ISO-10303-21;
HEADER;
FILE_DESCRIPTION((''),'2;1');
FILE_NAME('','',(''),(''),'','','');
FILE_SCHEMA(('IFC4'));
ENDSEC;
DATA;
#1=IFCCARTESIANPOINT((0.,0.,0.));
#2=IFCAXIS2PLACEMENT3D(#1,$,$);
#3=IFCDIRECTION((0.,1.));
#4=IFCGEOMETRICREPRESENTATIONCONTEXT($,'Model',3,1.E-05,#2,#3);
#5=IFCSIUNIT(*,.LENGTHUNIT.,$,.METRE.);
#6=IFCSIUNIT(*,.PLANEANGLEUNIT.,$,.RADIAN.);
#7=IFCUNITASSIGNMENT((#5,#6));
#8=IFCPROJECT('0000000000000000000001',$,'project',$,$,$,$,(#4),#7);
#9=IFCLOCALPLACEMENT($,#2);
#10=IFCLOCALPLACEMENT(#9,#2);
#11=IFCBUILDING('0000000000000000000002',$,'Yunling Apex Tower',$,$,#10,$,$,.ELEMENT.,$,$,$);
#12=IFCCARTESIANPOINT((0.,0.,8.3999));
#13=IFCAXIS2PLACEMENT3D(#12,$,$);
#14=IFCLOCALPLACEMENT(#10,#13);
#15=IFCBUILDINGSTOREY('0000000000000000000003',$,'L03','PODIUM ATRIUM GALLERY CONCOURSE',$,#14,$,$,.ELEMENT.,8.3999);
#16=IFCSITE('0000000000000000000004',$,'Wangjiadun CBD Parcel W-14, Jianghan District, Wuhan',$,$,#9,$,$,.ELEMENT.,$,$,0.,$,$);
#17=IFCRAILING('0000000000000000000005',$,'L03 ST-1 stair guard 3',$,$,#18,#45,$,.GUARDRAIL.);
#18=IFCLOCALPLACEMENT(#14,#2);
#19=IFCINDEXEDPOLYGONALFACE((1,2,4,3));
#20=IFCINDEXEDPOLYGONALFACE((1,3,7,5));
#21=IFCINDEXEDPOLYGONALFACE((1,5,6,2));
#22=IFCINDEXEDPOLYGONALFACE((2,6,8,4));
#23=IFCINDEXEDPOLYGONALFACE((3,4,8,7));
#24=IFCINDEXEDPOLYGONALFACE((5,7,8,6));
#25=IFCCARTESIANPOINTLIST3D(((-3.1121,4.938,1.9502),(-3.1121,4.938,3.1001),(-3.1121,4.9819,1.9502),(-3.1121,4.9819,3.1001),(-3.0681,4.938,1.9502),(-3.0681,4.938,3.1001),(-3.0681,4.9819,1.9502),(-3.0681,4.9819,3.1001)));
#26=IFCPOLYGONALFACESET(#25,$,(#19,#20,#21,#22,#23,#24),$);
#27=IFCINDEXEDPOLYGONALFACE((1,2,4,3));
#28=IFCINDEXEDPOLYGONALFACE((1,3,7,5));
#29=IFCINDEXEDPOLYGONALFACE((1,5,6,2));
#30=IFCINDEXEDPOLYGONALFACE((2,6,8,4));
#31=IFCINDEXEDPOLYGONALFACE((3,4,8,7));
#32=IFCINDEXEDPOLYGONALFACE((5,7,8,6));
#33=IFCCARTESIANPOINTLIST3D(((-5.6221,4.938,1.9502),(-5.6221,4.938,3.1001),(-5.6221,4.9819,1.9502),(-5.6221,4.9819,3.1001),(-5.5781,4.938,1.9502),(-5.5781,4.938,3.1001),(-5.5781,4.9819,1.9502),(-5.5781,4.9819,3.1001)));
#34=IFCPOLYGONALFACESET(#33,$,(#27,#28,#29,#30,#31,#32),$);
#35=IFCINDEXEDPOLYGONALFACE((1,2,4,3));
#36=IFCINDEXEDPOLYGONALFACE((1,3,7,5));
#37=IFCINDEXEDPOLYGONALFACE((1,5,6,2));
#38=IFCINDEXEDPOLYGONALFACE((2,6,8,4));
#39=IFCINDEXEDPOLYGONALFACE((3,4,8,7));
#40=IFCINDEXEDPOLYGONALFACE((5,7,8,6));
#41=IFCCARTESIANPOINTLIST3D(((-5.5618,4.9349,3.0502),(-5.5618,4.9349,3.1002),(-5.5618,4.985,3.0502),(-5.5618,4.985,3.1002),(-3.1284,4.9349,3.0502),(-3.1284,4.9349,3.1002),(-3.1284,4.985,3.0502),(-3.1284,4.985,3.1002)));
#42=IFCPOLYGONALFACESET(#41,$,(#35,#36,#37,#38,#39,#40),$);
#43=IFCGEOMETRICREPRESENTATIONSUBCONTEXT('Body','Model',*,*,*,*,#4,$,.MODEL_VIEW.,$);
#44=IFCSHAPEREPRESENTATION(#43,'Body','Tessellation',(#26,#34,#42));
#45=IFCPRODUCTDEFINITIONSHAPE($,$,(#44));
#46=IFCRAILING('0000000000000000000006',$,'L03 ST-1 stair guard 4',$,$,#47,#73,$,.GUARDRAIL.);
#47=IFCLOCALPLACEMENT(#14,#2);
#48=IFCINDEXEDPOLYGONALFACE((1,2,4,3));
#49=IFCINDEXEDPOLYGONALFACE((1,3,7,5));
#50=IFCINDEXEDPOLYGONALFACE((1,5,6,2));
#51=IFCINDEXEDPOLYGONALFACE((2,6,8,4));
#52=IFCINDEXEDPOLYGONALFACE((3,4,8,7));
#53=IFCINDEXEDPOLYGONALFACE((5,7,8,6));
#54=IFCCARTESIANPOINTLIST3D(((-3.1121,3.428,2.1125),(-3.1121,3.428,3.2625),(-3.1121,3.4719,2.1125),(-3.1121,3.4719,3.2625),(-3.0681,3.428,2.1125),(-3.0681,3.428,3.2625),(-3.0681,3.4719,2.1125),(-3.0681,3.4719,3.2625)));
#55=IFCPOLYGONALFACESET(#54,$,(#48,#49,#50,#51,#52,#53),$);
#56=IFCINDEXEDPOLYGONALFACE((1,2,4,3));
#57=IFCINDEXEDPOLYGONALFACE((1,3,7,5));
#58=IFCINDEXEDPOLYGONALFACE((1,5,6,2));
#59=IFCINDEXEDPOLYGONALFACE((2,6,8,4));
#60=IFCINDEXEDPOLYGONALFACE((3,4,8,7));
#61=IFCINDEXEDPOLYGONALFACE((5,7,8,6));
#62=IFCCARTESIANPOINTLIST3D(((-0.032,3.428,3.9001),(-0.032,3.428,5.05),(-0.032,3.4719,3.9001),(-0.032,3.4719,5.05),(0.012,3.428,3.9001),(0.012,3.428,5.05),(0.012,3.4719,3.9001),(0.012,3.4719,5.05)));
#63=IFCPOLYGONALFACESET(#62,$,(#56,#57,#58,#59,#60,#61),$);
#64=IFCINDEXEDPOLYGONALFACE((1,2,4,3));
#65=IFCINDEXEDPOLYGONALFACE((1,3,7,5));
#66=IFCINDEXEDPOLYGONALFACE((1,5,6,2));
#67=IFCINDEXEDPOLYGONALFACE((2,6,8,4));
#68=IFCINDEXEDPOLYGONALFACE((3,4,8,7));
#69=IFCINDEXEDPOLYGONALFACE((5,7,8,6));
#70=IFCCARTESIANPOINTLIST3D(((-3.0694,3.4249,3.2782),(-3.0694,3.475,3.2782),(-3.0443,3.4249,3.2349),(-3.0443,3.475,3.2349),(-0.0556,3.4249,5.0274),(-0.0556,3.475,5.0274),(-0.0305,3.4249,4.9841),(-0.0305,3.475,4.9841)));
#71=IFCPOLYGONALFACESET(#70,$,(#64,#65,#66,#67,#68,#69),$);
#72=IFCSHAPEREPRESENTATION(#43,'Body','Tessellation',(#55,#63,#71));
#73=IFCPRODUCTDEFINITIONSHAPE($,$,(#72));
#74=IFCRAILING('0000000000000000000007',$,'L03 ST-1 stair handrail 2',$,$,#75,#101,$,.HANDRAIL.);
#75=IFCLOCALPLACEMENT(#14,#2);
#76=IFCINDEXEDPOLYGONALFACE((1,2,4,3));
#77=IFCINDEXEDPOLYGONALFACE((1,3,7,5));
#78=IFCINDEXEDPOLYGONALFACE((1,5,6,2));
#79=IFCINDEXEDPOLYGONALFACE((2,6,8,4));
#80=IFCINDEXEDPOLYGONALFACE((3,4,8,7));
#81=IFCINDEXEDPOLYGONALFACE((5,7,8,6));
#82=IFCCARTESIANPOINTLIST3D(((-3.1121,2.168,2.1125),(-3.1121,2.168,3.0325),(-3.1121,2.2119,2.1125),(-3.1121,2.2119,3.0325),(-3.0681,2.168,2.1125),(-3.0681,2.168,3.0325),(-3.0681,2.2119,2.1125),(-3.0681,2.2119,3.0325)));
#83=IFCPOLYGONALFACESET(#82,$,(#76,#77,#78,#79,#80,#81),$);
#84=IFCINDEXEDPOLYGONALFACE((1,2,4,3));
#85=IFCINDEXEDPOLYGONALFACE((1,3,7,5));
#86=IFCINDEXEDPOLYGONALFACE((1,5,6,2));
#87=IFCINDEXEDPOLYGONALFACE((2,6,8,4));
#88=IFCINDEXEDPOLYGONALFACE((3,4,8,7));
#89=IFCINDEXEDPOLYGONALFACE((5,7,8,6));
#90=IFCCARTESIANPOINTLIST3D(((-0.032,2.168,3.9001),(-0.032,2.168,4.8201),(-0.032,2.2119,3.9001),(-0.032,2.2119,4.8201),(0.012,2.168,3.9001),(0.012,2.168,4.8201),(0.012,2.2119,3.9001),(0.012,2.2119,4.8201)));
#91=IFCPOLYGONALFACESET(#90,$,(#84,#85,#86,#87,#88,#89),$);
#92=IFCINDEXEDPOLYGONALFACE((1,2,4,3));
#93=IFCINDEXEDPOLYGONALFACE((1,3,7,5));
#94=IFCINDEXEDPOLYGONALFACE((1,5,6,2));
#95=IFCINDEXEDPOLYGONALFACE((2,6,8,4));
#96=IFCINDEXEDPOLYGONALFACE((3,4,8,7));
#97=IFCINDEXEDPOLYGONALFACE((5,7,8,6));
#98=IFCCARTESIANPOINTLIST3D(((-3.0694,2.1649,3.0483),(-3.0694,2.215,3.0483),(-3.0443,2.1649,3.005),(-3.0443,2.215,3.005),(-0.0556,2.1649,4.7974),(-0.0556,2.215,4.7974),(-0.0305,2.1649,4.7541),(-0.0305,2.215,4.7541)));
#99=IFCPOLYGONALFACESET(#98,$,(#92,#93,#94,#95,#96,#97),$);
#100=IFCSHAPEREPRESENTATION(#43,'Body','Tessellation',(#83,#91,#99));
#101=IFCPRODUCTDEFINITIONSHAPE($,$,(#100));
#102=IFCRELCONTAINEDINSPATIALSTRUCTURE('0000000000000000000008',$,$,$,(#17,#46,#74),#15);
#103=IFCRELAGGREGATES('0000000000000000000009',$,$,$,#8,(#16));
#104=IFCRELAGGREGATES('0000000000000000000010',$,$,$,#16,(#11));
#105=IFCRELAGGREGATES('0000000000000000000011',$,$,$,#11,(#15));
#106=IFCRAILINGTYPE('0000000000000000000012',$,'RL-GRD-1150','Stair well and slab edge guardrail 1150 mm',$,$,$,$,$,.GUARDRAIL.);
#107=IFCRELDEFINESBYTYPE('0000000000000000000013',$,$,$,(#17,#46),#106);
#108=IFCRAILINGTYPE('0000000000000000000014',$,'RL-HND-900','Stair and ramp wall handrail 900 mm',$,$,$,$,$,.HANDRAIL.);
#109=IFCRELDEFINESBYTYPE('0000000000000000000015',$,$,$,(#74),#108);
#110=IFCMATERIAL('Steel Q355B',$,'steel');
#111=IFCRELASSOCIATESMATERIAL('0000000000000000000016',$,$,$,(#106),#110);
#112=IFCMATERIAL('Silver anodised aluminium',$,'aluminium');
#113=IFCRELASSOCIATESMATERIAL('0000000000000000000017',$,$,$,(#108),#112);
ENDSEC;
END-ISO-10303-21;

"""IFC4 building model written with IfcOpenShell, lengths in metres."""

from ifc_helpers import new_model, si_unit, direction, frame, origin, origin_2d, place, context, subcontext, project, spatial, rectangle, extrude, material, type_object, element, save


model = new_model("IFC4")

# Units and contexts
model_context = context("Model", 3, precision=1e-05, world=origin(), true_north=direction((0.0, 1.0)))
body_context = subcontext(model_context, "Body", "Model", "MODEL_VIEW")
ifc_project = project(units=[si_unit("LENGTHUNIT", "METRE"), si_unit("PLANEANGLEUNIT", "RADIAN")], contexts=[model_context])

# Site, building, storey
site_placement = place(None, origin())
site = spatial("IfcSite", under=ifc_project, at=site_placement, Name="Wangjiadun CBD Parcel W-14, Jianghan District, Wuhan", CompositionType="ELEMENT", RefElevation=0.0)
building_placement = place(site_placement, origin())
building = spatial("IfcBuilding", under=site, at=building_placement, Name="Yunling Apex Tower", CompositionType="ELEMENT")
storey_placement = place(building_placement, frame((0.0, 0.0, 8.3999)))
storey = spatial("IfcBuildingStorey", under=building, at=storey_placement, Name="L03", Description="PODIUM ATRIUM GALLERY CONCOURSE", CompositionType="ELEMENT", Elevation=8.3999)

# Shared definitions
ifc_material_1 = material(Name="Steel Q355B", Category="steel")

# Railings
railing_type_1 = type_object("IfcRailingType", Name="RL-GRD-1150", Description="Stair well and slab edge guardrail 1150 mm", PredefinedType="GUARDRAIL", material=ifc_material_1)
railing_1_placement = place(storey_placement, frame((-3.0901, 4.96, 1.9502)))
element("IfcRailing", 1, at=railing_1_placement, inside=storey, type_object=railing_type_1, Name="L03 ST-1 stair guard 3", PredefinedType="GUARDRAIL", context=body_context, shape_type="SweptSolid", body=[
    extrude(rectangle(XDim=0.0439, YDim=0.0439, at=origin_2d()), origin(), (0.0, 0.0, 1.0), 1.1499),
    extrude(rectangle(XDim=0.0439, YDim=0.0439, at=origin_2d()), frame((-2.51, 0.0, 0.0)), (0.0, 0.0, 1.0), 1.1499),
    extrude(rectangle(XDim=0.05, YDim=0.05, at=origin_2d()), frame((-0.0383, 0.0, 1.125), z_axis=(-1.0, 0.0, 0.0), x_axis=(0.0, -1.0, 0.0)), (0.0, 0.0, 1.0), 2.4333),
])
railing_2_placement = place(storey_placement, frame((-3.0901, 3.45, 2.1125)))
element("IfcRailing", 2, at=railing_2_placement, inside=storey, type_object=railing_type_1, Name="L03 ST-1 stair guard 4", PredefinedType="GUARDRAIL", context=body_context, shape_type="SweptSolid", body=[
    extrude(rectangle(XDim=0.0439, YDim=0.0439, at=origin_2d()), origin(), (0.0, 0.0, 1.0), 1.1499),
    extrude(rectangle(XDim=0.0439, YDim=0.0439, at=origin_2d()), frame((3.0801, 0.0, 1.7876)), (0.0, 0.0, 1.0), 1.1499),
    extrude(rectangle(XDim=0.05, YDim=0.05, at=origin_2d()), frame((0.0332, 0.0, 1.144), z_axis=(0.864891, 0.0, 0.50196), x_axis=(0.0, 1.0, 0.0)), (0.0, 0.0, 1.0), 3.4846),
])
ifc_material_2 = material(Name="Silver anodised aluminium", Category="aluminium")
railing_type_2 = type_object("IfcRailingType", Name="RL-HND-900", Description="Stair and ramp wall handrail 900 mm", PredefinedType="HANDRAIL", material=ifc_material_2)
railing_3_placement = place(storey_placement, frame((-3.0901, 2.1899, 2.1125)))
element("IfcRailing", 3, at=railing_3_placement, inside=storey, type_object=railing_type_2, Name="L03 ST-1 stair handrail 2", PredefinedType="HANDRAIL", context=body_context, shape_type="SweptSolid", body=[
    extrude(rectangle(XDim=0.0439, YDim=0.0439, at=origin_2d()), origin(), (0.0, 0.0, 1.0), 0.9199),
    extrude(rectangle(XDim=0.0439, YDim=0.0439, at=origin_2d()), frame((3.0801, 0.0, 1.7876)), (0.0, 0.0, 1.0), 0.9199),
    extrude(rectangle(XDim=0.05, YDim=0.05, at=origin_2d()), frame((0.0332, 0.0, 0.9141), z_axis=(0.864891, 0.0, 0.50196), x_axis=(0.0, 1.0, 0.0)), (0.0, 0.0, 1.0), 3.4846),
])

save(model, "model.ifc")
